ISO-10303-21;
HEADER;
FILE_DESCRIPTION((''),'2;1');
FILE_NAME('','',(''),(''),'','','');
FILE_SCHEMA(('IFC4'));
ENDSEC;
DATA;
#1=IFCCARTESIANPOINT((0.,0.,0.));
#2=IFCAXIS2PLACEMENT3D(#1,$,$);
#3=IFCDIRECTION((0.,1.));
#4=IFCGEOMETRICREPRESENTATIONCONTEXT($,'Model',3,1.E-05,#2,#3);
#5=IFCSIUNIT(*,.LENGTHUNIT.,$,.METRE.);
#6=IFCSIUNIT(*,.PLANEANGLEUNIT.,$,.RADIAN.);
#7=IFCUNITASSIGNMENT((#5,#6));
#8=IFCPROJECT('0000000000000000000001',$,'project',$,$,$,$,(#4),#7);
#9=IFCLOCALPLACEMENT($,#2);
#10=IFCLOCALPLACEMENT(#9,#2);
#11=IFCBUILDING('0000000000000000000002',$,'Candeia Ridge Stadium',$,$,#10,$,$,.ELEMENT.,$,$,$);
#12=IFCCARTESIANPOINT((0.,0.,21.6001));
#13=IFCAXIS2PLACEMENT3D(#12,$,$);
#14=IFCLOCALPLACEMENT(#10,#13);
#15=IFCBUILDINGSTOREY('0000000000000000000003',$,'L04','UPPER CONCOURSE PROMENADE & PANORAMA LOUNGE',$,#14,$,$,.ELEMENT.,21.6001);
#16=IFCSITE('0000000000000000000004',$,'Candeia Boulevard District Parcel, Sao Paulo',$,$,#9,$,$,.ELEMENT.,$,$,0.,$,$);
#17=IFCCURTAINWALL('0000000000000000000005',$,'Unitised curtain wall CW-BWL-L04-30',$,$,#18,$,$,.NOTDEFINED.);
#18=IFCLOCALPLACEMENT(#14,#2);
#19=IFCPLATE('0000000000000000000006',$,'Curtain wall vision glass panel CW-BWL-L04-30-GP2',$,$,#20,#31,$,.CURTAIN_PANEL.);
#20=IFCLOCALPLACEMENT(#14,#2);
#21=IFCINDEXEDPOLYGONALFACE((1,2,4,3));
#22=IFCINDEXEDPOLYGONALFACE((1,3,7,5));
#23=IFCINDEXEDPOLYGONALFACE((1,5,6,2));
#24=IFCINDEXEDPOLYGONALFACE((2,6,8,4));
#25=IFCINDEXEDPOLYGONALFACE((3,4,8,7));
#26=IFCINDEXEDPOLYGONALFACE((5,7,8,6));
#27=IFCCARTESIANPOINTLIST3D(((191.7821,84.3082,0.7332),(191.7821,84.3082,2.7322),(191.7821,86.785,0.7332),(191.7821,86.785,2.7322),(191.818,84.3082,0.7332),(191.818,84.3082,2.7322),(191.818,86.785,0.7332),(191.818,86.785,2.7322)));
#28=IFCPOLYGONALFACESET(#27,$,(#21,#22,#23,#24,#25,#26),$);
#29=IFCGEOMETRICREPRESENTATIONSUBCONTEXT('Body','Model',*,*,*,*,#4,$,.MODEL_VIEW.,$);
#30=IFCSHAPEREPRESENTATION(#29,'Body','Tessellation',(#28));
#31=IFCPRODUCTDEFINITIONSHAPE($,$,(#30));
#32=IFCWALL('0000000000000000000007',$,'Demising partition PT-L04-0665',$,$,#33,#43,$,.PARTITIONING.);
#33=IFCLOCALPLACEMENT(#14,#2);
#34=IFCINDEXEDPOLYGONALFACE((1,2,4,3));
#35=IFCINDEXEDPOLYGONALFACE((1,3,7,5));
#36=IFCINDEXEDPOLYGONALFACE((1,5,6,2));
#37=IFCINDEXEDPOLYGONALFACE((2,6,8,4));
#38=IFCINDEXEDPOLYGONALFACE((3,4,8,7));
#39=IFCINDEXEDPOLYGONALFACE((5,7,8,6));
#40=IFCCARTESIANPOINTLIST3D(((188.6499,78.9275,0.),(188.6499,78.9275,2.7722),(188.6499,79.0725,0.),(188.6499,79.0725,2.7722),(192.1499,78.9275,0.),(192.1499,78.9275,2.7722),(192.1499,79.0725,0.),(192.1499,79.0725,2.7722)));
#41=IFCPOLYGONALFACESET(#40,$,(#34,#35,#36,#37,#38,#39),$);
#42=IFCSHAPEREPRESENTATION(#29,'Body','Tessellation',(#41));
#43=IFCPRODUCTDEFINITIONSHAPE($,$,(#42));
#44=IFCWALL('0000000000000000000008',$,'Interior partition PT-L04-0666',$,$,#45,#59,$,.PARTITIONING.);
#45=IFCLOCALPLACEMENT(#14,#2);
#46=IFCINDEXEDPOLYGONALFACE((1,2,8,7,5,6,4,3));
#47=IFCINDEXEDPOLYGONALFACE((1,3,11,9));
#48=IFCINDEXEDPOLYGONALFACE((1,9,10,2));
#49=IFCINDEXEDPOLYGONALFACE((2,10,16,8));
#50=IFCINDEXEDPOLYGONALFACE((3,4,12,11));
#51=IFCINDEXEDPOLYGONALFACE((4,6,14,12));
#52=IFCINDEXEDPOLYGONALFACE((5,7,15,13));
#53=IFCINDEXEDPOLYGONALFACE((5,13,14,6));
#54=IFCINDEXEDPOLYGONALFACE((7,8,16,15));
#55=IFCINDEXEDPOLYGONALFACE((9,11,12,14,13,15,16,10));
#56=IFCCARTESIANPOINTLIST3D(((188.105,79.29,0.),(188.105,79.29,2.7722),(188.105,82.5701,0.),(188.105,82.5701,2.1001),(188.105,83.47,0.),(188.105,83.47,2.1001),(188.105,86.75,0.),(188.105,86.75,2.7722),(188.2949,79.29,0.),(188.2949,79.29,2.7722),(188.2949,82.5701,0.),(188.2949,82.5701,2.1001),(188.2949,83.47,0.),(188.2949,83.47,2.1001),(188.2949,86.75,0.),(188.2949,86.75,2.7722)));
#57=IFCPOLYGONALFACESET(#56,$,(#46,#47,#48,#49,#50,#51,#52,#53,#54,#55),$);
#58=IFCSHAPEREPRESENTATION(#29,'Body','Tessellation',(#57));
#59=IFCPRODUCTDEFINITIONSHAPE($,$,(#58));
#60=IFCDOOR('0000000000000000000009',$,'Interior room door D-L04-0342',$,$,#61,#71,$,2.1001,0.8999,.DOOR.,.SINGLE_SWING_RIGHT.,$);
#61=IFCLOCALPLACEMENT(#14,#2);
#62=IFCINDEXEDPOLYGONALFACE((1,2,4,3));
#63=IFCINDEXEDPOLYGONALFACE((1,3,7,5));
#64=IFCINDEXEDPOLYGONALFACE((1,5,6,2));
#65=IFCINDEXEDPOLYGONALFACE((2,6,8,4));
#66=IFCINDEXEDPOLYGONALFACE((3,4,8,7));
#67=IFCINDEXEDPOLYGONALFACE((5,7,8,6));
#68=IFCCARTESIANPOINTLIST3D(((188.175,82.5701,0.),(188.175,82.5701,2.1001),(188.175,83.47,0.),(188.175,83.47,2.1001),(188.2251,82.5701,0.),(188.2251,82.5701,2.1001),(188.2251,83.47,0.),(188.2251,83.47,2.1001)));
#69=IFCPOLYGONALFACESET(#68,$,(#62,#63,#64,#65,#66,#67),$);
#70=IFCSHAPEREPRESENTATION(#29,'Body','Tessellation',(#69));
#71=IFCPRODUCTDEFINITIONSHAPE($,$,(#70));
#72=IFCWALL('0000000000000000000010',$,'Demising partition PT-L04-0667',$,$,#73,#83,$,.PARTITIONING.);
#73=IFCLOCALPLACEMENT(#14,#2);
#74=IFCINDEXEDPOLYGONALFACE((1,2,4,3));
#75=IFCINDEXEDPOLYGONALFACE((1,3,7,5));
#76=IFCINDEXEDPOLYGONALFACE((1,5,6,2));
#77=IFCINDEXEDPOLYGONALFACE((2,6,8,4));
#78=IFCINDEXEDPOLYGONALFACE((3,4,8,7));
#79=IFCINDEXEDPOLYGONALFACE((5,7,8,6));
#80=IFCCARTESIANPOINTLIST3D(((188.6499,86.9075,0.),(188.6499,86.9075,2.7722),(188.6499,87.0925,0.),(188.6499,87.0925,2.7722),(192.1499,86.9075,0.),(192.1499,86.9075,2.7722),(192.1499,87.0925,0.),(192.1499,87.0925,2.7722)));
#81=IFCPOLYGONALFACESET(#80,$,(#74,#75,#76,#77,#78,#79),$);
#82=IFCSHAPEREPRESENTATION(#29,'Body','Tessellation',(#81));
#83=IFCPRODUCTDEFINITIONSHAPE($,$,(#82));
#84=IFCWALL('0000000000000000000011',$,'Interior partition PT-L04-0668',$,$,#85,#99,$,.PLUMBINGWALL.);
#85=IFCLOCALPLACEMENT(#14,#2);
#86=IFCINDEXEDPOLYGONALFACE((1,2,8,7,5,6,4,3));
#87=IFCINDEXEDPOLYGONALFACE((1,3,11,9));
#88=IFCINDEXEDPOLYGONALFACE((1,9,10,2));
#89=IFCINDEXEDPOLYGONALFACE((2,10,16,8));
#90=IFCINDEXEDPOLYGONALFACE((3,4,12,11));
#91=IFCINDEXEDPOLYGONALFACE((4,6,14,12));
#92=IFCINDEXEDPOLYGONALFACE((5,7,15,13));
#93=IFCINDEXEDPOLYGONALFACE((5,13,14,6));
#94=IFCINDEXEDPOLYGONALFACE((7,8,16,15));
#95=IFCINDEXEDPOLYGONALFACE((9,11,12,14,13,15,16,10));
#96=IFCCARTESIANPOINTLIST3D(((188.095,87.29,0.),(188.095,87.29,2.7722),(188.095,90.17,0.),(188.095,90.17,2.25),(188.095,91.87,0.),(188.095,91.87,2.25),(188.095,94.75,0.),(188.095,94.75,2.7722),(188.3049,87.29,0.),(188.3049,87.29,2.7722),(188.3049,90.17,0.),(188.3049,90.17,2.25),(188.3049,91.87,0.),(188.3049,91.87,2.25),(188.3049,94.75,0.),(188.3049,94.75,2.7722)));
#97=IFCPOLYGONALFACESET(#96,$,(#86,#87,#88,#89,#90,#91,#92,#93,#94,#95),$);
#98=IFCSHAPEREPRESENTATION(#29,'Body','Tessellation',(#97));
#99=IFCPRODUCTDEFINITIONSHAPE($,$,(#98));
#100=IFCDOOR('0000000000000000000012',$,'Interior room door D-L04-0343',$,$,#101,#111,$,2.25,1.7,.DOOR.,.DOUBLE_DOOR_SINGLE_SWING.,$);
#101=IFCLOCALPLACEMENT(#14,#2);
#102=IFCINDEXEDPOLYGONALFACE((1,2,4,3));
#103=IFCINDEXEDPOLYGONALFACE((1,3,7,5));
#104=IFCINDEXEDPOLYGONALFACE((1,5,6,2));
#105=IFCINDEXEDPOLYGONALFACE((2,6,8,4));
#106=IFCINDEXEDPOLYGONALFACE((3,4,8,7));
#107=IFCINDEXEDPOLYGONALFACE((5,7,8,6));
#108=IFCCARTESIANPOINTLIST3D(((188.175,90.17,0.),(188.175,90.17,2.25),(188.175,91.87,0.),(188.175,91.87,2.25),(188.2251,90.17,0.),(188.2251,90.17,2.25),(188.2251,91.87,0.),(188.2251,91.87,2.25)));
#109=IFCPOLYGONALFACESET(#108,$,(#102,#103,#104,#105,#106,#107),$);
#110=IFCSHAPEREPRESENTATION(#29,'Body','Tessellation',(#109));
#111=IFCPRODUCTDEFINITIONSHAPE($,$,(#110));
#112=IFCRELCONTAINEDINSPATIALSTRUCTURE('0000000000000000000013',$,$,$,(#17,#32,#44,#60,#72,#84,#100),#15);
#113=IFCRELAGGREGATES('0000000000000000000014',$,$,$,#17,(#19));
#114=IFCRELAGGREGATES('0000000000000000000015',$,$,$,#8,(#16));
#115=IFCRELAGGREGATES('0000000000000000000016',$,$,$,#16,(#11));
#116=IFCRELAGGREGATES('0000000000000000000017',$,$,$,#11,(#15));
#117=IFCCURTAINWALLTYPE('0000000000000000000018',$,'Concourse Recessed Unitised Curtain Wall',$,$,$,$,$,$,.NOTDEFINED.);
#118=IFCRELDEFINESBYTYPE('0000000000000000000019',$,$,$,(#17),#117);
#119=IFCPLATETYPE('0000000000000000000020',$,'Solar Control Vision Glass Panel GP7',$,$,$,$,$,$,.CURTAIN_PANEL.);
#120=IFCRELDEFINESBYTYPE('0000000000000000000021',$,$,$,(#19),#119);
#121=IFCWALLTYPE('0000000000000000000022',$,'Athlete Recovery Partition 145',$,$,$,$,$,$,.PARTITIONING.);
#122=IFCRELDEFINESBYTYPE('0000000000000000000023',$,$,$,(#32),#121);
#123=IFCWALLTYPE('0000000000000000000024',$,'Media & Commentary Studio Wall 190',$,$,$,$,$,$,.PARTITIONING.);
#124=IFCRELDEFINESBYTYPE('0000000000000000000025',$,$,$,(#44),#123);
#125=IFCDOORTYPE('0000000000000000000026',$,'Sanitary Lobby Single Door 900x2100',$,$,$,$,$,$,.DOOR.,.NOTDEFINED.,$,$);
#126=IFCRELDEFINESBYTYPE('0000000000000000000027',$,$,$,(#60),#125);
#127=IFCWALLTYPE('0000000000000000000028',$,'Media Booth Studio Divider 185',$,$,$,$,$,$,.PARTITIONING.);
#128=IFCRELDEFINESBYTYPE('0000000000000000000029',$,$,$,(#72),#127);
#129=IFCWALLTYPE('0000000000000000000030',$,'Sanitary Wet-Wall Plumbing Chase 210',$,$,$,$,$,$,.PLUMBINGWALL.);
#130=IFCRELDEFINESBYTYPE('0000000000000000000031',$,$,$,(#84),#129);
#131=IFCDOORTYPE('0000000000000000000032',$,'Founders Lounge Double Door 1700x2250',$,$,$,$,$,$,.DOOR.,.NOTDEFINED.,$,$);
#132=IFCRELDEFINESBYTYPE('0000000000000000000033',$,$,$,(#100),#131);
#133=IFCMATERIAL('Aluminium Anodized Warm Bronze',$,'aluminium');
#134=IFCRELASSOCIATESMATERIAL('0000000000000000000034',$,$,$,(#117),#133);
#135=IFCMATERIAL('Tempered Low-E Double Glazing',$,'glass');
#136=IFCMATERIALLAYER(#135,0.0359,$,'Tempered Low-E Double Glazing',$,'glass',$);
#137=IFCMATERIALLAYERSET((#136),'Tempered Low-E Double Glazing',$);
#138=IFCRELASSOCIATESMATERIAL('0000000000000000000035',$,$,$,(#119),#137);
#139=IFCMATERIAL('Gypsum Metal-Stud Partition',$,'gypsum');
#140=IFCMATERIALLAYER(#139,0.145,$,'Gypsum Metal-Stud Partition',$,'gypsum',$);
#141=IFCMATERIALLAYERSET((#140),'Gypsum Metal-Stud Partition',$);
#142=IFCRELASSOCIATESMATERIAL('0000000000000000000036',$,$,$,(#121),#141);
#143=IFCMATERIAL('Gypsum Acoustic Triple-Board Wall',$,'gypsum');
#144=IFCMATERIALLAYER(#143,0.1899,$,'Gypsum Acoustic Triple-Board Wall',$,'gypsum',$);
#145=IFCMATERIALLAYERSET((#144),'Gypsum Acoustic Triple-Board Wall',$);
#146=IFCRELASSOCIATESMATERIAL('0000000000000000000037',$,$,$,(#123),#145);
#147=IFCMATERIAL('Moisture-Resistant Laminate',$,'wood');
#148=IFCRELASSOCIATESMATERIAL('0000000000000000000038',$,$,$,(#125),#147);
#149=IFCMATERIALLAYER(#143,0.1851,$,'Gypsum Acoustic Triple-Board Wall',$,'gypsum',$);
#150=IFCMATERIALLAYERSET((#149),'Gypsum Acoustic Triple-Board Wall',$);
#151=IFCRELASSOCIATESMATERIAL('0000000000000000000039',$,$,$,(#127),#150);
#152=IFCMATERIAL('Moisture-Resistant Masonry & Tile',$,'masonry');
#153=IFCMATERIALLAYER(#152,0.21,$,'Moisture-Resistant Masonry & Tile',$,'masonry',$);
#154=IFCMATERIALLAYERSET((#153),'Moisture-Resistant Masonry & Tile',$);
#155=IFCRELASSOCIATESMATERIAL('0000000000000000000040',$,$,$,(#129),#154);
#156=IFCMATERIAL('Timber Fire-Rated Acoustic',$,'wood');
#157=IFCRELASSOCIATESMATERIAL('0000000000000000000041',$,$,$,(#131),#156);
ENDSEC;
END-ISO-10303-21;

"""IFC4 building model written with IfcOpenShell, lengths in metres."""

from ifc_helpers import new_model, si_unit, direction, frame, frame_2d, origin, origin_2d, place, context, subcontext, project, spatial, rectangle, extrude, material, layer, layer_set, type_object, element, fill, aggregate, save


model = new_model("IFC4")

# Units and contexts
model_context = context("Model", 3, precision=1e-05, world=origin(), true_north=direction((0.0, 1.0)))
body_context = subcontext(model_context, "Body", "Model", "MODEL_VIEW")
ifc_project = project(units=[si_unit("LENGTHUNIT", "METRE"), si_unit("PLANEANGLEUNIT", "RADIAN")], contexts=[model_context])

# Site, building, storey
site_placement = place(None, origin())
site = spatial("IfcSite", under=ifc_project, at=site_placement, Name="Candeia Boulevard District Parcel, Sao Paulo", CompositionType="ELEMENT", RefElevation=0.0)
building_placement = place(site_placement, origin())
building = spatial("IfcBuilding", under=site, at=building_placement, Name="Candeia Ridge Stadium", CompositionType="ELEMENT")
storey_placement = place(building_placement, frame((0.0, 0.0, 21.6001)))
storey = spatial("IfcBuildingStorey", under=building, at=storey_placement, Name="L04", Description="UPPER CONCOURSE PROMENADE & PANORAMA LOUNGE", CompositionType="ELEMENT", Elevation=21.6001)

# Shared definitions
ifc_material_1 = material(Name="Aluminium Anodized Warm Bronze", Category="aluminium")
curtain_wall_type = type_object("IfcCurtainWallType", Name="Concourse Recessed Unitised Curtain Wall", PredefinedType="NOTDEFINED", material=ifc_material_1)

# Curtain wall
curtain_wall_1_placement = place(storey_placement, origin())
curtain_wall_1 = element("IfcCurtainWall", 1, at=curtain_wall_1_placement, inside=storey, type_object=curtain_wall_type, Name="Unitised curtain wall CW-BWL-L04-30", PredefinedType="NOTDEFINED")

# Plate
ifc_material_2 = material(Name="Tempered Low-E Double Glazing", Category="glass")
ifc_layer_1 = layer(ifc_material_2, 0.0359, Name="Tempered Low-E Double Glazing", Category="glass")
ifc_layer_set_1 = layer_set([ifc_layer_1], Name="Tempered Low-E Double Glazing")
plate_type_1 = type_object("IfcPlateType", Name="Solar Control Vision Glass Panel GP7", PredefinedType="CURTAIN_PANEL", material=ifc_layer_set_1)
plate_1_placement = place(storey_placement, frame((191.8, 85.5466, 0.7332), z_axis=(0.0, 0.0, 1.0), x_axis=(0.0, 1.0, 0.0)))
plate_1 = element("IfcPlate", 2, at=plate_1_placement, type_object=plate_type_1, Name="Curtain wall vision glass panel CW-BWL-L04-30-GP2", PredefinedType="CURTAIN_PANEL", context=body_context, shape_type="SweptSolid", body=[
    extrude(rectangle(XDim=2.4768, YDim=0.0359, at=origin_2d()), origin(), (0.0, 0.0, 1.0), 1.999),
])
aggregate(curtain_wall_1, [plate_1])

# Wall
ifc_material_3 = material(Name="Gypsum Metal-Stud Partition", Category="gypsum")
ifc_layer_2 = layer(ifc_material_3, 0.145, Name="Gypsum Metal-Stud Partition", Category="gypsum")
ifc_layer_set_2 = layer_set([ifc_layer_2], Name="Gypsum Metal-Stud Partition")
wall_type_1 = type_object("IfcWallType", Name="Athlete Recovery Partition 145", PredefinedType="PARTITIONING", material=ifc_layer_set_2)
wall_1_placement = place(storey_placement, frame((188.6499, 79.0, 0.0), z_axis=(0.0, 0.0, 1.0), x_axis=(1.0, 0.0, 0.0)))
element("IfcWall", 3, at=wall_1_placement, inside=storey, type_object=wall_type_1, Name="Demising partition PT-L04-0665", PredefinedType="PARTITIONING", context=body_context, shape_type="SweptSolid", body=[
    extrude(rectangle(XDim=3.5, YDim=0.145, at=frame_2d((1.75, 0.0))), origin(), (0.0, 0.0, 1.0), 2.7722),
])

# Wall, opening, door
ifc_material_4 = material(Name="Gypsum Acoustic Triple-Board Wall", Category="gypsum")
ifc_layer_3 = layer(ifc_material_4, 0.1899, Name="Gypsum Acoustic Triple-Board Wall", Category="gypsum")
ifc_layer_set_3 = layer_set([ifc_layer_3], Name="Gypsum Acoustic Triple-Board Wall")
wall_type_2 = type_object("IfcWallType", Name="Media & Commentary Studio Wall 190", PredefinedType="PARTITIONING", material=ifc_layer_set_3)
wall_2_placement = place(storey_placement, frame((188.2, 79.29, 0.0), z_axis=(0.0, 0.0, 1.0), x_axis=(0.0, 1.0, 0.0)))
wall_2 = element("IfcWall", 4, at=wall_2_placement, inside=storey, type_object=wall_type_2, Name="Interior partition PT-L04-0666", PredefinedType="PARTITIONING", context=body_context, shape_type="SweptSolid", body=[
    extrude(rectangle(XDim=7.46, YDim=0.1899, at=frame_2d((3.73, 0.0))), origin(), (0.0, 0.0, 1.0), 2.7722),
])
opening_1_placement = place(wall_2_placement, frame((3.28, 0.0, 0.0)))
opening_1 = element("IfcOpeningElement", 5, at=opening_1_placement, cuts=wall_2, PredefinedType="OPENING", context=body_context, shape_type="SweptSolid", body=[
    extrude(rectangle(XDim=0.8999, YDim=2.1001, at=frame_2d((0.45, 1.05))), frame((0.0, 0.105, 0.0), z_axis=(0.0, -1.0, 0.0), x_axis=(1.0, 0.0, 0.0)), (0.0, 0.0, 1.0), 0.21),
])
ifc_material_5 = material(Name="Moisture-Resistant Laminate", Category="wood")
door_type_1 = type_object("IfcDoorType", Name="Sanitary Lobby Single Door 900x2100", OperationType="NOTDEFINED", PredefinedType="DOOR", material=ifc_material_5)
door_1_placement = place(opening_1_placement, origin())
door_1 = element("IfcDoor", 6, at=door_1_placement, inside=storey, type_object=door_type_1, Name="Interior room door D-L04-0342", OperationType="SINGLE_SWING_RIGHT", OverallHeight=2.1001, OverallWidth=0.8999, PredefinedType="DOOR", context=body_context, shape_type="SweptSolid", body=[
    extrude(rectangle(XDim=0.8999, YDim=2.1001, at=frame_2d((0.45, 1.05))), frame((0.0, 0.0249, 0.0), z_axis=(0.0, -1.0, 0.0), x_axis=(1.0, 0.0, 0.0)), (0.0, 0.0, 1.0), 0.05),
])
fill(opening_1, door_1)

# Wall
ifc_layer_4 = layer(ifc_material_4, 0.1851, Name="Gypsum Acoustic Triple-Board Wall", Category="gypsum")
ifc_layer_set_4 = layer_set([ifc_layer_4], Name="Gypsum Acoustic Triple-Board Wall")
wall_type_3 = type_object("IfcWallType", Name="Media Booth Studio Divider 185", PredefinedType="PARTITIONING", material=ifc_layer_set_4)
wall_3_placement = place(storey_placement, frame((188.6499, 87.0, 0.0), z_axis=(0.0, 0.0, 1.0), x_axis=(1.0, 0.0, 0.0)))
element("IfcWall", 7, at=wall_3_placement, inside=storey, type_object=wall_type_3, Name="Demising partition PT-L04-0667", PredefinedType="PARTITIONING", context=body_context, shape_type="SweptSolid", body=[
    extrude(rectangle(XDim=3.5, YDim=0.1851, at=frame_2d((1.75, 0.0))), origin(), (0.0, 0.0, 1.0), 2.7722),
])

# Wall, opening, door
ifc_material_6 = material(Name="Moisture-Resistant Masonry & Tile", Category="masonry")
ifc_layer_5 = layer(ifc_material_6, 0.21, Name="Moisture-Resistant Masonry & Tile", Category="masonry")
ifc_layer_set_5 = layer_set([ifc_layer_5], Name="Moisture-Resistant Masonry & Tile")
wall_type_4 = type_object("IfcWallType", Name="Sanitary Wet-Wall Plumbing Chase 210", PredefinedType="PLUMBINGWALL", material=ifc_layer_set_5)
wall_4_placement = place(storey_placement, frame((188.2, 87.29, 0.0), z_axis=(0.0, 0.0, 1.0), x_axis=(0.0, 1.0, 0.0)))
wall_4 = element("IfcWall", 8, at=wall_4_placement, inside=storey, type_object=wall_type_4, Name="Interior partition PT-L04-0668", PredefinedType="PLUMBINGWALL", context=body_context, shape_type="SweptSolid", body=[
    extrude(rectangle(XDim=7.46, YDim=0.21, at=frame_2d((3.73, 0.0))), origin(), (0.0, 0.0, 1.0), 2.7722),
])
opening_2_placement = place(wall_4_placement, frame((2.8799, 0.0, 0.0)))
opening_2 = element("IfcOpeningElement", 9, at=opening_2_placement, cuts=wall_4, PredefinedType="OPENING", context=body_context, shape_type="SweptSolid", body=[
    extrude(rectangle(XDim=1.7, YDim=2.25, at=frame_2d((0.8501, 1.125))), frame((0.0, 0.115, 0.0), z_axis=(0.0, -1.0, 0.0), x_axis=(1.0, 0.0, 0.0)), (0.0, 0.0, 1.0), 0.23),
])
ifc_material_7 = material(Name="Timber Fire-Rated Acoustic", Category="wood")
door_type_2 = type_object("IfcDoorType", Name="Founders Lounge Double Door 1700x2250", OperationType="NOTDEFINED", PredefinedType="DOOR", material=ifc_material_7)
door_2_placement = place(opening_2_placement, origin())
door_2 = element("IfcDoor", 10, at=door_2_placement, inside=storey, type_object=door_type_2, Name="Interior room door D-L04-0343", OperationType="DOUBLE_DOOR_SINGLE_SWING", OverallHeight=2.25, OverallWidth=1.7, PredefinedType="DOOR", context=body_context, shape_type="SweptSolid", body=[
    extrude(rectangle(XDim=1.7, YDim=2.25, at=frame_2d((0.8501, 1.125))), frame((0.0, 0.0249, 0.0), z_axis=(0.0, -1.0, 0.0), x_axis=(1.0, 0.0, 0.0)), (0.0, 0.0, 1.0), 0.05),
])
fill(opening_2, door_2)

save(model, "model.ifc")
